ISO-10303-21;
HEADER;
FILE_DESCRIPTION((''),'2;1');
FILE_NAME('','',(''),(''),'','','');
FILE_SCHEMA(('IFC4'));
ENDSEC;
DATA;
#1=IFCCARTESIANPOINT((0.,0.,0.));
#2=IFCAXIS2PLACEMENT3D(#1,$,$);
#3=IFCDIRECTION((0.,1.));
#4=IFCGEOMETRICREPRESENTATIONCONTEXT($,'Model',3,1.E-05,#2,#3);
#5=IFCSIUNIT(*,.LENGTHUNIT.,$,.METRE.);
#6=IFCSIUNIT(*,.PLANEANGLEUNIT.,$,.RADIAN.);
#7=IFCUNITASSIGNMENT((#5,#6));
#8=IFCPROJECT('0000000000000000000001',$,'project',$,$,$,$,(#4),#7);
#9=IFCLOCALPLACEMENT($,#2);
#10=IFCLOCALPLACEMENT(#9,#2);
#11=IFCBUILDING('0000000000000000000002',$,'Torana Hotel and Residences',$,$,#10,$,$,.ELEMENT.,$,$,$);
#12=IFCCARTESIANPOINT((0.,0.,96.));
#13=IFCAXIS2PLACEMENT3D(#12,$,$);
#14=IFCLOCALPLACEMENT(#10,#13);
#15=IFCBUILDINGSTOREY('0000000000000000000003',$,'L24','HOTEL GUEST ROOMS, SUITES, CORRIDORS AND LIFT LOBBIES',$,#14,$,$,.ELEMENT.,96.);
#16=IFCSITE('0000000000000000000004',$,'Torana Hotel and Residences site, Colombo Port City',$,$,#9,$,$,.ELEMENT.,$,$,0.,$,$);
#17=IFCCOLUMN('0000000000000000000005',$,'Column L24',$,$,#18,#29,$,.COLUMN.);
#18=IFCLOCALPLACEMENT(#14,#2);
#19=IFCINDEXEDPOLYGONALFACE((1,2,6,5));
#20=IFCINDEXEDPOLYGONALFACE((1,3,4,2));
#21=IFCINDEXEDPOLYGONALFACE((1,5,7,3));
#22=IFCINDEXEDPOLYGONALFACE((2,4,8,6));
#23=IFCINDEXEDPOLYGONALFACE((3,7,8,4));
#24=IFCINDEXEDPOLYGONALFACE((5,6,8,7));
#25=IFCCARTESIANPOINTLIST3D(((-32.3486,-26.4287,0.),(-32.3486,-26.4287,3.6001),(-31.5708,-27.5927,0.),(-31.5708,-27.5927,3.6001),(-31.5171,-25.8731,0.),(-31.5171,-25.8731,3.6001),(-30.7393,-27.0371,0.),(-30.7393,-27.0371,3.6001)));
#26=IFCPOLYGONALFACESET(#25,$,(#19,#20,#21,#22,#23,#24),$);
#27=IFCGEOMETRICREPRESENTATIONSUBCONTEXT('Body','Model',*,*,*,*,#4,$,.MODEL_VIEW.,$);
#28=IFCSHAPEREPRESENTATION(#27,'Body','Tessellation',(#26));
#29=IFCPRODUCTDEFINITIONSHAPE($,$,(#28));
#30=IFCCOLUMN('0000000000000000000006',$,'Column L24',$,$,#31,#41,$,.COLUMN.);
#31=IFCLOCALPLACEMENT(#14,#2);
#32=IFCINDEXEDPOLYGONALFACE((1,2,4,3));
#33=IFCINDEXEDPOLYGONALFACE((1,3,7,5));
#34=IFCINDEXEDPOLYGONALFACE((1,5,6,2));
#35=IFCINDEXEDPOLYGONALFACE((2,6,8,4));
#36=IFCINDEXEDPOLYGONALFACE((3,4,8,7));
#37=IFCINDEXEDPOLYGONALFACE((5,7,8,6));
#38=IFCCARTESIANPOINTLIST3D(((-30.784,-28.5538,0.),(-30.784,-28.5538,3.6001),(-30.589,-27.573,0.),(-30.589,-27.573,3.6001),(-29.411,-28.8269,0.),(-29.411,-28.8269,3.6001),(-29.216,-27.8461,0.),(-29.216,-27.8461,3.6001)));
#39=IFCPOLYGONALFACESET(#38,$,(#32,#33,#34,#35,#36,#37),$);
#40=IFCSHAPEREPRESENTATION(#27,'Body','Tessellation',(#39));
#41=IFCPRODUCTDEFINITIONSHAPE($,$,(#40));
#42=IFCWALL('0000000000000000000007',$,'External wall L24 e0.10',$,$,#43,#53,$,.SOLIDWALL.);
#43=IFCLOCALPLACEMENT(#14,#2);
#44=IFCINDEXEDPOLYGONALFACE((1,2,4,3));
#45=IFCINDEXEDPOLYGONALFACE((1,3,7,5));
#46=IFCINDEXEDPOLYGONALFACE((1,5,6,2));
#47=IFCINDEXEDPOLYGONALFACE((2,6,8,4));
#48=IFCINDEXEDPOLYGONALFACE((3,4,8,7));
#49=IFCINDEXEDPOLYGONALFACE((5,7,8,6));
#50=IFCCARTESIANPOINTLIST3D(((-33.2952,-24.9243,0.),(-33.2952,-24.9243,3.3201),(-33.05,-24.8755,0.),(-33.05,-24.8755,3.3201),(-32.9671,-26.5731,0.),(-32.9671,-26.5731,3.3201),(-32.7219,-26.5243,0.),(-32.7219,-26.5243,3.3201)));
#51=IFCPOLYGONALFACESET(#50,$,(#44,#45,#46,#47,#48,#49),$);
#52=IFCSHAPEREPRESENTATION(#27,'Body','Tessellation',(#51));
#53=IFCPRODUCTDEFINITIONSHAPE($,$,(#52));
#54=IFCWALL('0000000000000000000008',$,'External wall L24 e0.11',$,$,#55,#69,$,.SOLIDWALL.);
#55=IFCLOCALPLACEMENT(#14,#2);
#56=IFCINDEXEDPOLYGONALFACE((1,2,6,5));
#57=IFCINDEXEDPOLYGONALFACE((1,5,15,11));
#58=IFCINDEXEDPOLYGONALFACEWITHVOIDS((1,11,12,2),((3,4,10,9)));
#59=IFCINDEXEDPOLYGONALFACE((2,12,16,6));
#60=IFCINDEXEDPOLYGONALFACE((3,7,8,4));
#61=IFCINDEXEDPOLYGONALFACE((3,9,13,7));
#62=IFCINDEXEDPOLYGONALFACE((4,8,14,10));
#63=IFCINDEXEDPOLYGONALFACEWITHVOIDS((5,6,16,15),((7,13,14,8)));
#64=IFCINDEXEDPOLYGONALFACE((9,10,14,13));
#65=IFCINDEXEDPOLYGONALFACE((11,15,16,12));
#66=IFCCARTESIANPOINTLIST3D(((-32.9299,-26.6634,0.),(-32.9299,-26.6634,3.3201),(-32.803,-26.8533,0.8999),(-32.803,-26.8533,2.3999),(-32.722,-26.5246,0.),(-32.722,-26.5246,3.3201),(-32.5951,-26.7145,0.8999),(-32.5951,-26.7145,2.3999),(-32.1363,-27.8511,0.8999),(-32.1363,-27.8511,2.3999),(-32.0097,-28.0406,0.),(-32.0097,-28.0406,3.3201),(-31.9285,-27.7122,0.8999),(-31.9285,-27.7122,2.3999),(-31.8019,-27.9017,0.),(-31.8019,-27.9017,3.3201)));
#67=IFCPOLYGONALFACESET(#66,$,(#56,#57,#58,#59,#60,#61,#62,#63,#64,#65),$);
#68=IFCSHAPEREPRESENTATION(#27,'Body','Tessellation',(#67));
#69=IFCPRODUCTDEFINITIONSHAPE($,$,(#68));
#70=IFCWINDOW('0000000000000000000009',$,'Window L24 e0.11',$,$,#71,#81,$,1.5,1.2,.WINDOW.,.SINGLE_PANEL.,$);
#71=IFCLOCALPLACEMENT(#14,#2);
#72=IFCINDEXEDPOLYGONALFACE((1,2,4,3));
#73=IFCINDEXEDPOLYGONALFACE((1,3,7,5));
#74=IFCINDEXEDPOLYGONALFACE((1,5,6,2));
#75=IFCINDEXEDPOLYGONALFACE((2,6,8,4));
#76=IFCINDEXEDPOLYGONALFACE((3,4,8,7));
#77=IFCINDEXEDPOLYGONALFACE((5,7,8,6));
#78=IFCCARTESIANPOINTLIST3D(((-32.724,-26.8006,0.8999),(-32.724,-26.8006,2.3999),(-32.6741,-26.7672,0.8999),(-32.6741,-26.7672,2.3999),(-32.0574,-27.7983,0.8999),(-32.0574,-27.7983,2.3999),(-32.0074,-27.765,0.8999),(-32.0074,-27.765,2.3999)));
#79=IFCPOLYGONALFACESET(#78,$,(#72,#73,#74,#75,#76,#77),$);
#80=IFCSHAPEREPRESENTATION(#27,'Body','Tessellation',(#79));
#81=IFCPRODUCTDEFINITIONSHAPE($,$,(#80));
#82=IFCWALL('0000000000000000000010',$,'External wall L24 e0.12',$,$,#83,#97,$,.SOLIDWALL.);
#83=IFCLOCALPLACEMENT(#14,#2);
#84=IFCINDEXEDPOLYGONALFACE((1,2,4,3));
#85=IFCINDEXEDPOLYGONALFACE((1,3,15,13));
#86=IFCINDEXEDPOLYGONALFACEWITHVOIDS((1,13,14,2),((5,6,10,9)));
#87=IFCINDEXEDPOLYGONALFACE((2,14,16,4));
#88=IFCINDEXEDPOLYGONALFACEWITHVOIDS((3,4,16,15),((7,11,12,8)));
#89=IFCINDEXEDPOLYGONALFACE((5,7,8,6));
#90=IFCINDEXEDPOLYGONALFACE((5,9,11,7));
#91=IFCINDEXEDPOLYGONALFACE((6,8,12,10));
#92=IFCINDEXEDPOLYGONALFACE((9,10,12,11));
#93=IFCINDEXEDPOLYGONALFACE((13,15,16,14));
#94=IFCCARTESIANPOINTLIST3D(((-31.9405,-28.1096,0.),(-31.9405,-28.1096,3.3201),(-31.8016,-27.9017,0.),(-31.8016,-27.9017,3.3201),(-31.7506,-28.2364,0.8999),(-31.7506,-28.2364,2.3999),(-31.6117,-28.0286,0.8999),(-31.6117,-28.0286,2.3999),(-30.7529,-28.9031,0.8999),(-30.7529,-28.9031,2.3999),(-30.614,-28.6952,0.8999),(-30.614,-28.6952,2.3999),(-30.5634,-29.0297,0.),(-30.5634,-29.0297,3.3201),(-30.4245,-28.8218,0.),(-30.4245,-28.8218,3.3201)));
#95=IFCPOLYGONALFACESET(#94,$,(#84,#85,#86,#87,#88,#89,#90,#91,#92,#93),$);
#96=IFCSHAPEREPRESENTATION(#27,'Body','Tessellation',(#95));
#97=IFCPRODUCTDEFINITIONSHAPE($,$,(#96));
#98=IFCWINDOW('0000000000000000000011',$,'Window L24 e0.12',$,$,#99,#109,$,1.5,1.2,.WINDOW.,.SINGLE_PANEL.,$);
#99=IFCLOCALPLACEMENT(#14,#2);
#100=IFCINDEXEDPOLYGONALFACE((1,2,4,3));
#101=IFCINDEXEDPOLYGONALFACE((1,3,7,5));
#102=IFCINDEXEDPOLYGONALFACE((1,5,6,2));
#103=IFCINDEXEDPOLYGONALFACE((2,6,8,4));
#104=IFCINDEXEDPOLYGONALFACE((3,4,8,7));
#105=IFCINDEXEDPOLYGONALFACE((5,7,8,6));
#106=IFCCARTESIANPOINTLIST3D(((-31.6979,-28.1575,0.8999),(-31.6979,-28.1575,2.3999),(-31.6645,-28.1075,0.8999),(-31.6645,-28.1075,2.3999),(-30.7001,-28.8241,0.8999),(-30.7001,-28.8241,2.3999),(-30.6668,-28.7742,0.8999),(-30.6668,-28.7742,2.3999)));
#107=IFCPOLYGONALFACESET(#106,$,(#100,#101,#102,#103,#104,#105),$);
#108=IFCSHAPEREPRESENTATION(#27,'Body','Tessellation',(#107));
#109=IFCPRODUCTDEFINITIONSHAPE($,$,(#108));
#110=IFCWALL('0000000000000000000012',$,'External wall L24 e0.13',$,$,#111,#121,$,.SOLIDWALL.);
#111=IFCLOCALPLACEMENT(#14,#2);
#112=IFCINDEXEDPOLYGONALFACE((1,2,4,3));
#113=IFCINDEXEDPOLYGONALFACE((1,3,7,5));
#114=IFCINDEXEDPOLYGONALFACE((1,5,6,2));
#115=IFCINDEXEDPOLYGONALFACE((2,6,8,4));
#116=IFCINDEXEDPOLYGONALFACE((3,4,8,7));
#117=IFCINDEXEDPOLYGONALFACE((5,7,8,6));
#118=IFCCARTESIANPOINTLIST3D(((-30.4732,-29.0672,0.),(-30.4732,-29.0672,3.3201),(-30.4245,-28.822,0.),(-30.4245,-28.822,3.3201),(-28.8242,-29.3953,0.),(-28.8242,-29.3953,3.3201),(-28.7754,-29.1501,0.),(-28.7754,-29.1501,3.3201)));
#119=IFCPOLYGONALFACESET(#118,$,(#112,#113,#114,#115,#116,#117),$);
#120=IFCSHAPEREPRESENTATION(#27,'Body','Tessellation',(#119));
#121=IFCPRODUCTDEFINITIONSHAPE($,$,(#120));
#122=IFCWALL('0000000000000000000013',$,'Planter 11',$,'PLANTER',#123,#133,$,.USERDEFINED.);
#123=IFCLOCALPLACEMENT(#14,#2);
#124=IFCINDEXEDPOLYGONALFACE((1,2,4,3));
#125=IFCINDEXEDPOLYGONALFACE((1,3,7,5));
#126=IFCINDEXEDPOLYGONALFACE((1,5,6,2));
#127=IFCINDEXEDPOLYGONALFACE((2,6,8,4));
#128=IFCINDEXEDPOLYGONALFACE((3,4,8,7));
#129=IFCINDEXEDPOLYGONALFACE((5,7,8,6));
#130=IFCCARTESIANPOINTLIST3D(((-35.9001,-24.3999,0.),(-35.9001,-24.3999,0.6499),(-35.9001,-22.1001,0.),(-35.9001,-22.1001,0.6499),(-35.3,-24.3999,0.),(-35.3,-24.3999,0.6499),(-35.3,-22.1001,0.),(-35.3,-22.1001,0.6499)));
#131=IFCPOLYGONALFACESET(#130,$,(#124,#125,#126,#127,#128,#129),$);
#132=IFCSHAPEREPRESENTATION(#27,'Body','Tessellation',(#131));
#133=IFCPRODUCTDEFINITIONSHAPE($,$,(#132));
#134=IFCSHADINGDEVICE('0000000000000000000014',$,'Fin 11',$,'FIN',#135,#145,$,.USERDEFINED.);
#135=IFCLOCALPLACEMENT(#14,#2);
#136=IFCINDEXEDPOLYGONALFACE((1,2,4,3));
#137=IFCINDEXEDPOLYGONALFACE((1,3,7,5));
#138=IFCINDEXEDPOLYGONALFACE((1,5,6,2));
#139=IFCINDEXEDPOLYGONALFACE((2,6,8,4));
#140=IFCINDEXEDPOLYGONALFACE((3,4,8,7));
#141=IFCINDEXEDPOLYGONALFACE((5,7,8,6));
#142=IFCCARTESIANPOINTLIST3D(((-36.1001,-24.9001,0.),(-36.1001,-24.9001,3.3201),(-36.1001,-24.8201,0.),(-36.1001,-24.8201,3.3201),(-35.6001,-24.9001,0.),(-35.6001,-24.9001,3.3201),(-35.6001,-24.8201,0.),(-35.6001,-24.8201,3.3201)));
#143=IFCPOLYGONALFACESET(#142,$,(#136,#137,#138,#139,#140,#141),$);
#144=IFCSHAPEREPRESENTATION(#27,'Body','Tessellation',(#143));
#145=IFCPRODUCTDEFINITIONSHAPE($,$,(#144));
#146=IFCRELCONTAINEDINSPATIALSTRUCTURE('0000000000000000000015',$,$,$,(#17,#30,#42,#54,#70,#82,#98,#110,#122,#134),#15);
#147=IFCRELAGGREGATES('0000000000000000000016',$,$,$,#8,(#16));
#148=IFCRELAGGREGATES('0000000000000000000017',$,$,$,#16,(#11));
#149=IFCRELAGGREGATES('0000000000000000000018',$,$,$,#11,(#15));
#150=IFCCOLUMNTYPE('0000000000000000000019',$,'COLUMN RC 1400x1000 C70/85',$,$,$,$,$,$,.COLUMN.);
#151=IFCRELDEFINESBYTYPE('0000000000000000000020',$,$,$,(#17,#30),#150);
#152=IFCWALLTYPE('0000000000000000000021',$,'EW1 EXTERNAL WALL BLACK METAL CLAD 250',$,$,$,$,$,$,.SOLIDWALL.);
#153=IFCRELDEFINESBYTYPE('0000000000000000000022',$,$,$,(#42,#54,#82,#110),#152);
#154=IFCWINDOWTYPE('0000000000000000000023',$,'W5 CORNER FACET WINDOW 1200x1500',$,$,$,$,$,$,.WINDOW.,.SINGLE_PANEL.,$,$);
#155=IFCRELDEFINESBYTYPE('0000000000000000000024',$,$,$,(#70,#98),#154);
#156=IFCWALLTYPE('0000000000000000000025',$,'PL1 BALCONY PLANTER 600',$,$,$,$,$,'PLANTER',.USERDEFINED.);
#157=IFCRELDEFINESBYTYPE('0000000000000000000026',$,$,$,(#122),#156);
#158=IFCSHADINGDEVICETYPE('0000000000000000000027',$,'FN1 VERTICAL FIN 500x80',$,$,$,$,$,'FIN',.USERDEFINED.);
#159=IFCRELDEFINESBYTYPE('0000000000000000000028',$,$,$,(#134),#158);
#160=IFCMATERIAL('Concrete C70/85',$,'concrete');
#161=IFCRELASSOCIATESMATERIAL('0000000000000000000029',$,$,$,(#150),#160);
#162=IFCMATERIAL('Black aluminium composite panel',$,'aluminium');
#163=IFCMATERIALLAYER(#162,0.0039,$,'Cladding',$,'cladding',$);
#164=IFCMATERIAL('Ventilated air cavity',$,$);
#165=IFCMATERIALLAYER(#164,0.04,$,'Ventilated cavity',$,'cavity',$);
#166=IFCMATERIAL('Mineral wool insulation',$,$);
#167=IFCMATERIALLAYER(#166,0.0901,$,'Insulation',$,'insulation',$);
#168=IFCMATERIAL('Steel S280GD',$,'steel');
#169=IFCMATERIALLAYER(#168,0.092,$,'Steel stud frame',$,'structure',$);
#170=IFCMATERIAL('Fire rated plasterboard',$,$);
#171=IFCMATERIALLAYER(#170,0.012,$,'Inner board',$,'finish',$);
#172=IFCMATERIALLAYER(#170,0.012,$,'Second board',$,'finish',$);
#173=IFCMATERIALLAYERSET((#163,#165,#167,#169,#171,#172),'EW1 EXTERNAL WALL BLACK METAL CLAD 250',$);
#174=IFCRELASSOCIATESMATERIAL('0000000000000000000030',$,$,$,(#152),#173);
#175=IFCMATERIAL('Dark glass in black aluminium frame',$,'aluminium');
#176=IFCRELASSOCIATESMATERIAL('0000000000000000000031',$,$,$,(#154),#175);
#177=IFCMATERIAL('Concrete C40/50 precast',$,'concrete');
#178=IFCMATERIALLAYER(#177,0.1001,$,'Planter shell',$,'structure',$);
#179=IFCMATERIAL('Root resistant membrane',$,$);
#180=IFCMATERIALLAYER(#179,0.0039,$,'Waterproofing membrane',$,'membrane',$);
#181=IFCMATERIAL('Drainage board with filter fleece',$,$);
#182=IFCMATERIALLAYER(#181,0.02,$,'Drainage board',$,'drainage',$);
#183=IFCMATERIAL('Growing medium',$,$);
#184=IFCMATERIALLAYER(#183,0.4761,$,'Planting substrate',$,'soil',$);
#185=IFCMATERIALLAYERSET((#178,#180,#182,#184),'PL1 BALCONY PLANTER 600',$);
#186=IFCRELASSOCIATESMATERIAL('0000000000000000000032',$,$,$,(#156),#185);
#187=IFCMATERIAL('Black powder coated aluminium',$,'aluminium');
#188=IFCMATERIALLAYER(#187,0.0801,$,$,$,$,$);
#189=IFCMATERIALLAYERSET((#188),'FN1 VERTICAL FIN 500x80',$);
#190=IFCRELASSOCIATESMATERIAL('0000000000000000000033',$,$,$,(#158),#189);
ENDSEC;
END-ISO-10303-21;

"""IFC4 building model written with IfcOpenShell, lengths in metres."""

from ifc_helpers import new_model, si_unit, direction, frame, frame_2d, origin, origin_2d, place, context, subcontext, project, spatial, rectangle, extrude, material, layer, layer_set, material_profile, profile_set, type_object, element, fill, save


model = new_model("IFC4")

# Units and contexts
model_context = context("Model", 3, precision=1e-05, world=origin(), true_north=direction((0.0, 1.0)))
body_context = subcontext(model_context, "Body", "Model", "MODEL_VIEW")
ifc_project = project(units=[si_unit("LENGTHUNIT", "METRE"), si_unit("PLANEANGLEUNIT", "RADIAN")], contexts=[model_context])

# Site, building, storey
site_placement = place(None, origin())
site = spatial("IfcSite", under=ifc_project, at=site_placement, Name="Torana Hotel and Residences site, Colombo Port City", CompositionType="ELEMENT", RefElevation=0.0)
building_placement = place(site_placement, origin())
building = spatial("IfcBuilding", under=site, at=building_placement, Name="Torana Hotel and Residences", CompositionType="ELEMENT")
storey_placement = place(building_placement, frame((0.0, 0.0, 96.0)))
storey = spatial("IfcBuildingStorey", under=building, at=storey_placement, Name="L24", Description="HOTEL GUEST ROOMS, SUITES, CORRIDORS AND LIFT LOBBIES", CompositionType="ELEMENT", Elevation=96.0)

# Columns
ifc_material_1 = material(Name="Concrete C70/85", Category="concrete")
ifc_material_profile = material_profile(ifc_material_1, rectangle(XDim=1.3999, YDim=1.0, at=origin_2d()), Name="RC 1400x1000")
ifc_profile_set = profile_set([ifc_material_profile], Name="Concrete C70/85")
column_type = type_object("IfcColumnType", Name="COLUMN RC 1400x1000 C70/85", PredefinedType="COLUMN", material=ifc_profile_set)
for number, where, z_axis, x_axis, name in (
    (1, (-31.5439, -26.7329, 0.0), (0.0, 0.0, 1.0), (-0.555585, 0.83146, 0.0), "Column L24"),
    (2, (-30.0, -28.2, 0.0), (0.0, 0.0, 1.0), (-0.980792, 0.195056, 0.0), "Column L24"),
):
    element("IfcColumn", number, at=place(storey_placement, frame(where, z_axis=z_axis, x_axis=x_axis)), inside=storey, type_object=column_type, Name=name, PredefinedType="COLUMN", context=body_context, shape_type="SweptSolid", body=[
        extrude(rectangle(XDim=1.3999, YDim=1.0, at=origin_2d()), origin(), (0.0, 0.0, 1.0), 3.6001),
    ])

# Wall
ifc_material_2 = material(Name="Black aluminium composite panel", Category="aluminium")
ifc_layer_1 = layer(ifc_material_2, 0.0039, Name="Cladding", Category="cladding")
ifc_material_3 = material(Name="Ventilated air cavity")
ifc_layer_2 = layer(ifc_material_3, 0.04, Name="Ventilated cavity", Category="cavity")
ifc_material_4 = material(Name="Mineral wool insulation")
ifc_layer_3 = layer(ifc_material_4, 0.0901, Name="Insulation", Category="insulation")
ifc_material_5 = material(Name="Steel S280GD", Category="steel")
ifc_layer_4 = layer(ifc_material_5, 0.092, Name="Steel stud frame", Category="structure")
ifc_material_6 = material(Name="Fire rated plasterboard")
ifc_layer_5 = layer(ifc_material_6, 0.012, Name="Inner board", Category="finish")
ifc_layer_6 = layer(ifc_material_6, 0.012, Name="Second board", Category="finish")
ifc_layer_set_1 = layer_set([ifc_layer_1, ifc_layer_2, ifc_layer_3, ifc_layer_4, ifc_layer_5, ifc_layer_6], Name="EW1 EXTERNAL WALL BLACK METAL CLAD 250")
wall_type_1 = type_object("IfcWallType", Name="EW1 EXTERNAL WALL BLACK METAL CLAD 250", PredefinedType="SOLIDWALL", material=ifc_layer_set_1)
wall_1_placement = place(storey_placement, frame((-33.1726, -24.8999, 0.0), z_axis=(0.0, 0.0, 1.0), x_axis=(0.195167, -0.98077, 0.0)))
element("IfcWall", 3, at=wall_1_placement, inside=storey, type_object=wall_type_1, Name="External wall L24 e0.10", PredefinedType="SOLIDWALL", context=body_context, shape_type="SweptSolid", body=[
    extrude(rectangle(XDim=1.6812, YDim=0.25, at=frame_2d((0.8406, 0.0))), origin(), (0.0, 0.0, 1.0), 3.3201),
])

# Walls, openings, windows
wall_2_placement = place(storey_placement, frame((-32.8259, -26.594, 0.0), z_axis=(0.0, 0.0, 1.0), x_axis=(0.55555, -0.831483, 0.0)))
wall_2 = element("IfcWall", 4, at=wall_2_placement, inside=storey, type_object=wall_type_1, Name="External wall L24 e0.11", PredefinedType="SOLIDWALL", context=body_context, shape_type="SweptSolid", body=[
    extrude(rectangle(XDim=1.6562, YDim=0.25, at=frame_2d((0.8281, 0.0))), origin(), (0.0, 0.0, 1.0), 3.3201),
])
opening_1_placement = place(wall_2_placement, frame((0.2283, 0.0, 0.8999)))
opening_1 = element("IfcOpeningElement", 5, at=opening_1_placement, cuts=wall_2, PredefinedType="OPENING", context=body_context, shape_type="SweptSolid", body=[
    extrude(rectangle(XDim=1.2, YDim=1.5, at=frame_2d((0.6001, 0.75))), frame((0.0, 0.135, 0.0), z_axis=(0.0, -1.0, 0.0), x_axis=(1.0, 0.0, 0.0)), (0.0, 0.0, 1.0), 0.27),
])
ifc_material_7 = material(Name="Dark glass in black aluminium frame", Category="aluminium")
window_type = type_object("IfcWindowType", Name="W5 CORNER FACET WINDOW 1200x1500", PartitioningType="SINGLE_PANEL", PredefinedType="WINDOW", material=ifc_material_7)
window_1_placement = place(opening_1_placement, origin())
window_1 = element("IfcWindow", 6, at=window_1_placement, inside=storey, type_object=window_type, Name="Window L24 e0.11", OverallHeight=1.5, OverallWidth=1.2, PartitioningType="SINGLE_PANEL", PredefinedType="WINDOW", context=body_context, shape_type="SweptSolid", body=[
    extrude(rectangle(XDim=1.2, YDim=1.5, at=frame_2d((0.6001, 0.75))), frame((0.0, 0.03, 0.0), z_axis=(0.0, -1.0, 0.0), x_axis=(1.0, 0.0, 0.0)), (0.0, 0.0, 1.0), 0.0601),
])
fill(opening_1, window_1)
wall_3_placement = place(storey_placement, frame((-31.8711, -28.0056, 0.0), z_axis=(0.0, 0.0, 1.0), x_axis=(0.831483, -0.55555, 0.0)))
wall_3 = element("IfcWall", 7, at=wall_3_placement, inside=storey, type_object=wall_type_1, Name="External wall L24 e0.12", PredefinedType="SOLIDWALL", context=body_context, shape_type="SweptSolid", body=[
    extrude(rectangle(XDim=1.6562, YDim=0.25, at=frame_2d((0.8281, 0.0))), origin(), (0.0, 0.0, 1.0), 3.3201),
])
opening_2_placement = place(wall_3_placement, frame((0.2283, 0.0, 0.8999)))
opening_2 = element("IfcOpeningElement", 8, at=opening_2_placement, cuts=wall_3, PredefinedType="OPENING", context=body_context, shape_type="SweptSolid", body=[
    extrude(rectangle(XDim=1.2, YDim=1.5, at=frame_2d((0.6001, 0.75))), frame((0.0, 0.135, 0.0), z_axis=(0.0, -1.0, 0.0), x_axis=(1.0, 0.0, 0.0)), (0.0, 0.0, 1.0), 0.27),
])
window_2_placement = place(opening_2_placement, origin())
window_2 = element("IfcWindow", 9, at=window_2_placement, inside=storey, type_object=window_type, Name="Window L24 e0.12", OverallHeight=1.5, OverallWidth=1.2, PartitioningType="SINGLE_PANEL", PredefinedType="WINDOW", context=body_context, shape_type="SweptSolid", body=[
    extrude(rectangle(XDim=1.2, YDim=1.5, at=frame_2d((0.6001, 0.75))), frame((0.0, 0.03, 0.0), z_axis=(0.0, -1.0, 0.0), x_axis=(1.0, 0.0, 0.0)), (0.0, 0.0, 1.0), 0.0601),
])
fill(opening_2, window_2)

# Walls
wall_4_placement = place(storey_placement, frame((-30.449, -28.9446, 0.0), z_axis=(0.0, 0.0, 1.0), x_axis=(0.980776, -0.195139, 0.0)))
element("IfcWall", 10, at=wall_4_placement, inside=storey, type_object=wall_type_1, Name="External wall L24 e0.13", PredefinedType="SOLIDWALL", context=body_context, shape_type="SweptSolid", body=[
    extrude(rectangle(XDim=1.6814, YDim=0.25, at=frame_2d((0.8408, 0.0))), origin(), (0.0, 0.0, 1.0), 3.3201),
])
ifc_material_8 = material(Name="Concrete C40/50 precast", Category="concrete")
ifc_layer_7 = layer(ifc_material_8, 0.1001, Name="Planter shell", Category="structure")
ifc_material_9 = material(Name="Root resistant membrane")
ifc_layer_8 = layer(ifc_material_9, 0.0039, Name="Waterproofing membrane", Category="membrane")
ifc_material_10 = material(Name="Drainage board with filter fleece")
ifc_layer_9 = layer(ifc_material_10, 0.02, Name="Drainage board", Category="drainage")
ifc_material_11 = material(Name="Growing medium")
ifc_layer_10 = layer(ifc_material_11, 0.4761, Name="Planting substrate", Category="soil")
ifc_layer_set_2 = layer_set([ifc_layer_7, ifc_layer_8, ifc_layer_9, ifc_layer_10], Name="PL1 BALCONY PLANTER 600")
wall_type_2 = type_object("IfcWallType", Name="PL1 BALCONY PLANTER 600", ElementType="PLANTER", PredefinedType="USERDEFINED", material=ifc_layer_set_2)
wall_5_placement = place(storey_placement, frame((-35.6001, -24.3999, 0.0), z_axis=(0.0, 0.0, 1.0), x_axis=(0.0, 1.0, 0.0)))
element("IfcWall", 11, at=wall_5_placement, inside=storey, type_object=wall_type_2, Name="Planter 11", ObjectType="PLANTER", PredefinedType="USERDEFINED", context=body_context, shape_type="SweptSolid", body=[
    extrude(rectangle(XDim=2.2998, YDim=0.6001, at=frame_2d((1.1499, 0.0))), origin(), (0.0, 0.0, 1.0), 0.6499),
])

# Shading device
ifc_material_12 = material(Name="Black powder coated aluminium", Category="aluminium")
ifc_layer_11 = layer(ifc_material_12, 0.0801)
ifc_layer_set_3 = layer_set([ifc_layer_11], Name="FN1 VERTICAL FIN 500x80")
shading_device_type = type_object("IfcShadingDeviceType", Name="FN1 VERTICAL FIN 500x80", ElementType="FIN", PredefinedType="USERDEFINED", material=ifc_layer_set_3)
shading_device_placement = place(storey_placement, frame((-35.8501, -24.8601, 0.0), z_axis=(0.0, 0.0, 1.0), x_axis=(0.0, 1.0, 0.0)))
element("IfcShadingDevice", 12, at=shading_device_placement, inside=storey, type_object=shading_device_type, Name="Fin 11", ObjectType="FIN", PredefinedType="USERDEFINED", context=body_context, shape_type="SweptSolid", body=[
    extrude(rectangle(XDim=0.0801, YDim=0.5, at=origin_2d()), origin(), (0.0, 0.0, 1.0), 3.3201),
])

save(model, "model.ifc")
